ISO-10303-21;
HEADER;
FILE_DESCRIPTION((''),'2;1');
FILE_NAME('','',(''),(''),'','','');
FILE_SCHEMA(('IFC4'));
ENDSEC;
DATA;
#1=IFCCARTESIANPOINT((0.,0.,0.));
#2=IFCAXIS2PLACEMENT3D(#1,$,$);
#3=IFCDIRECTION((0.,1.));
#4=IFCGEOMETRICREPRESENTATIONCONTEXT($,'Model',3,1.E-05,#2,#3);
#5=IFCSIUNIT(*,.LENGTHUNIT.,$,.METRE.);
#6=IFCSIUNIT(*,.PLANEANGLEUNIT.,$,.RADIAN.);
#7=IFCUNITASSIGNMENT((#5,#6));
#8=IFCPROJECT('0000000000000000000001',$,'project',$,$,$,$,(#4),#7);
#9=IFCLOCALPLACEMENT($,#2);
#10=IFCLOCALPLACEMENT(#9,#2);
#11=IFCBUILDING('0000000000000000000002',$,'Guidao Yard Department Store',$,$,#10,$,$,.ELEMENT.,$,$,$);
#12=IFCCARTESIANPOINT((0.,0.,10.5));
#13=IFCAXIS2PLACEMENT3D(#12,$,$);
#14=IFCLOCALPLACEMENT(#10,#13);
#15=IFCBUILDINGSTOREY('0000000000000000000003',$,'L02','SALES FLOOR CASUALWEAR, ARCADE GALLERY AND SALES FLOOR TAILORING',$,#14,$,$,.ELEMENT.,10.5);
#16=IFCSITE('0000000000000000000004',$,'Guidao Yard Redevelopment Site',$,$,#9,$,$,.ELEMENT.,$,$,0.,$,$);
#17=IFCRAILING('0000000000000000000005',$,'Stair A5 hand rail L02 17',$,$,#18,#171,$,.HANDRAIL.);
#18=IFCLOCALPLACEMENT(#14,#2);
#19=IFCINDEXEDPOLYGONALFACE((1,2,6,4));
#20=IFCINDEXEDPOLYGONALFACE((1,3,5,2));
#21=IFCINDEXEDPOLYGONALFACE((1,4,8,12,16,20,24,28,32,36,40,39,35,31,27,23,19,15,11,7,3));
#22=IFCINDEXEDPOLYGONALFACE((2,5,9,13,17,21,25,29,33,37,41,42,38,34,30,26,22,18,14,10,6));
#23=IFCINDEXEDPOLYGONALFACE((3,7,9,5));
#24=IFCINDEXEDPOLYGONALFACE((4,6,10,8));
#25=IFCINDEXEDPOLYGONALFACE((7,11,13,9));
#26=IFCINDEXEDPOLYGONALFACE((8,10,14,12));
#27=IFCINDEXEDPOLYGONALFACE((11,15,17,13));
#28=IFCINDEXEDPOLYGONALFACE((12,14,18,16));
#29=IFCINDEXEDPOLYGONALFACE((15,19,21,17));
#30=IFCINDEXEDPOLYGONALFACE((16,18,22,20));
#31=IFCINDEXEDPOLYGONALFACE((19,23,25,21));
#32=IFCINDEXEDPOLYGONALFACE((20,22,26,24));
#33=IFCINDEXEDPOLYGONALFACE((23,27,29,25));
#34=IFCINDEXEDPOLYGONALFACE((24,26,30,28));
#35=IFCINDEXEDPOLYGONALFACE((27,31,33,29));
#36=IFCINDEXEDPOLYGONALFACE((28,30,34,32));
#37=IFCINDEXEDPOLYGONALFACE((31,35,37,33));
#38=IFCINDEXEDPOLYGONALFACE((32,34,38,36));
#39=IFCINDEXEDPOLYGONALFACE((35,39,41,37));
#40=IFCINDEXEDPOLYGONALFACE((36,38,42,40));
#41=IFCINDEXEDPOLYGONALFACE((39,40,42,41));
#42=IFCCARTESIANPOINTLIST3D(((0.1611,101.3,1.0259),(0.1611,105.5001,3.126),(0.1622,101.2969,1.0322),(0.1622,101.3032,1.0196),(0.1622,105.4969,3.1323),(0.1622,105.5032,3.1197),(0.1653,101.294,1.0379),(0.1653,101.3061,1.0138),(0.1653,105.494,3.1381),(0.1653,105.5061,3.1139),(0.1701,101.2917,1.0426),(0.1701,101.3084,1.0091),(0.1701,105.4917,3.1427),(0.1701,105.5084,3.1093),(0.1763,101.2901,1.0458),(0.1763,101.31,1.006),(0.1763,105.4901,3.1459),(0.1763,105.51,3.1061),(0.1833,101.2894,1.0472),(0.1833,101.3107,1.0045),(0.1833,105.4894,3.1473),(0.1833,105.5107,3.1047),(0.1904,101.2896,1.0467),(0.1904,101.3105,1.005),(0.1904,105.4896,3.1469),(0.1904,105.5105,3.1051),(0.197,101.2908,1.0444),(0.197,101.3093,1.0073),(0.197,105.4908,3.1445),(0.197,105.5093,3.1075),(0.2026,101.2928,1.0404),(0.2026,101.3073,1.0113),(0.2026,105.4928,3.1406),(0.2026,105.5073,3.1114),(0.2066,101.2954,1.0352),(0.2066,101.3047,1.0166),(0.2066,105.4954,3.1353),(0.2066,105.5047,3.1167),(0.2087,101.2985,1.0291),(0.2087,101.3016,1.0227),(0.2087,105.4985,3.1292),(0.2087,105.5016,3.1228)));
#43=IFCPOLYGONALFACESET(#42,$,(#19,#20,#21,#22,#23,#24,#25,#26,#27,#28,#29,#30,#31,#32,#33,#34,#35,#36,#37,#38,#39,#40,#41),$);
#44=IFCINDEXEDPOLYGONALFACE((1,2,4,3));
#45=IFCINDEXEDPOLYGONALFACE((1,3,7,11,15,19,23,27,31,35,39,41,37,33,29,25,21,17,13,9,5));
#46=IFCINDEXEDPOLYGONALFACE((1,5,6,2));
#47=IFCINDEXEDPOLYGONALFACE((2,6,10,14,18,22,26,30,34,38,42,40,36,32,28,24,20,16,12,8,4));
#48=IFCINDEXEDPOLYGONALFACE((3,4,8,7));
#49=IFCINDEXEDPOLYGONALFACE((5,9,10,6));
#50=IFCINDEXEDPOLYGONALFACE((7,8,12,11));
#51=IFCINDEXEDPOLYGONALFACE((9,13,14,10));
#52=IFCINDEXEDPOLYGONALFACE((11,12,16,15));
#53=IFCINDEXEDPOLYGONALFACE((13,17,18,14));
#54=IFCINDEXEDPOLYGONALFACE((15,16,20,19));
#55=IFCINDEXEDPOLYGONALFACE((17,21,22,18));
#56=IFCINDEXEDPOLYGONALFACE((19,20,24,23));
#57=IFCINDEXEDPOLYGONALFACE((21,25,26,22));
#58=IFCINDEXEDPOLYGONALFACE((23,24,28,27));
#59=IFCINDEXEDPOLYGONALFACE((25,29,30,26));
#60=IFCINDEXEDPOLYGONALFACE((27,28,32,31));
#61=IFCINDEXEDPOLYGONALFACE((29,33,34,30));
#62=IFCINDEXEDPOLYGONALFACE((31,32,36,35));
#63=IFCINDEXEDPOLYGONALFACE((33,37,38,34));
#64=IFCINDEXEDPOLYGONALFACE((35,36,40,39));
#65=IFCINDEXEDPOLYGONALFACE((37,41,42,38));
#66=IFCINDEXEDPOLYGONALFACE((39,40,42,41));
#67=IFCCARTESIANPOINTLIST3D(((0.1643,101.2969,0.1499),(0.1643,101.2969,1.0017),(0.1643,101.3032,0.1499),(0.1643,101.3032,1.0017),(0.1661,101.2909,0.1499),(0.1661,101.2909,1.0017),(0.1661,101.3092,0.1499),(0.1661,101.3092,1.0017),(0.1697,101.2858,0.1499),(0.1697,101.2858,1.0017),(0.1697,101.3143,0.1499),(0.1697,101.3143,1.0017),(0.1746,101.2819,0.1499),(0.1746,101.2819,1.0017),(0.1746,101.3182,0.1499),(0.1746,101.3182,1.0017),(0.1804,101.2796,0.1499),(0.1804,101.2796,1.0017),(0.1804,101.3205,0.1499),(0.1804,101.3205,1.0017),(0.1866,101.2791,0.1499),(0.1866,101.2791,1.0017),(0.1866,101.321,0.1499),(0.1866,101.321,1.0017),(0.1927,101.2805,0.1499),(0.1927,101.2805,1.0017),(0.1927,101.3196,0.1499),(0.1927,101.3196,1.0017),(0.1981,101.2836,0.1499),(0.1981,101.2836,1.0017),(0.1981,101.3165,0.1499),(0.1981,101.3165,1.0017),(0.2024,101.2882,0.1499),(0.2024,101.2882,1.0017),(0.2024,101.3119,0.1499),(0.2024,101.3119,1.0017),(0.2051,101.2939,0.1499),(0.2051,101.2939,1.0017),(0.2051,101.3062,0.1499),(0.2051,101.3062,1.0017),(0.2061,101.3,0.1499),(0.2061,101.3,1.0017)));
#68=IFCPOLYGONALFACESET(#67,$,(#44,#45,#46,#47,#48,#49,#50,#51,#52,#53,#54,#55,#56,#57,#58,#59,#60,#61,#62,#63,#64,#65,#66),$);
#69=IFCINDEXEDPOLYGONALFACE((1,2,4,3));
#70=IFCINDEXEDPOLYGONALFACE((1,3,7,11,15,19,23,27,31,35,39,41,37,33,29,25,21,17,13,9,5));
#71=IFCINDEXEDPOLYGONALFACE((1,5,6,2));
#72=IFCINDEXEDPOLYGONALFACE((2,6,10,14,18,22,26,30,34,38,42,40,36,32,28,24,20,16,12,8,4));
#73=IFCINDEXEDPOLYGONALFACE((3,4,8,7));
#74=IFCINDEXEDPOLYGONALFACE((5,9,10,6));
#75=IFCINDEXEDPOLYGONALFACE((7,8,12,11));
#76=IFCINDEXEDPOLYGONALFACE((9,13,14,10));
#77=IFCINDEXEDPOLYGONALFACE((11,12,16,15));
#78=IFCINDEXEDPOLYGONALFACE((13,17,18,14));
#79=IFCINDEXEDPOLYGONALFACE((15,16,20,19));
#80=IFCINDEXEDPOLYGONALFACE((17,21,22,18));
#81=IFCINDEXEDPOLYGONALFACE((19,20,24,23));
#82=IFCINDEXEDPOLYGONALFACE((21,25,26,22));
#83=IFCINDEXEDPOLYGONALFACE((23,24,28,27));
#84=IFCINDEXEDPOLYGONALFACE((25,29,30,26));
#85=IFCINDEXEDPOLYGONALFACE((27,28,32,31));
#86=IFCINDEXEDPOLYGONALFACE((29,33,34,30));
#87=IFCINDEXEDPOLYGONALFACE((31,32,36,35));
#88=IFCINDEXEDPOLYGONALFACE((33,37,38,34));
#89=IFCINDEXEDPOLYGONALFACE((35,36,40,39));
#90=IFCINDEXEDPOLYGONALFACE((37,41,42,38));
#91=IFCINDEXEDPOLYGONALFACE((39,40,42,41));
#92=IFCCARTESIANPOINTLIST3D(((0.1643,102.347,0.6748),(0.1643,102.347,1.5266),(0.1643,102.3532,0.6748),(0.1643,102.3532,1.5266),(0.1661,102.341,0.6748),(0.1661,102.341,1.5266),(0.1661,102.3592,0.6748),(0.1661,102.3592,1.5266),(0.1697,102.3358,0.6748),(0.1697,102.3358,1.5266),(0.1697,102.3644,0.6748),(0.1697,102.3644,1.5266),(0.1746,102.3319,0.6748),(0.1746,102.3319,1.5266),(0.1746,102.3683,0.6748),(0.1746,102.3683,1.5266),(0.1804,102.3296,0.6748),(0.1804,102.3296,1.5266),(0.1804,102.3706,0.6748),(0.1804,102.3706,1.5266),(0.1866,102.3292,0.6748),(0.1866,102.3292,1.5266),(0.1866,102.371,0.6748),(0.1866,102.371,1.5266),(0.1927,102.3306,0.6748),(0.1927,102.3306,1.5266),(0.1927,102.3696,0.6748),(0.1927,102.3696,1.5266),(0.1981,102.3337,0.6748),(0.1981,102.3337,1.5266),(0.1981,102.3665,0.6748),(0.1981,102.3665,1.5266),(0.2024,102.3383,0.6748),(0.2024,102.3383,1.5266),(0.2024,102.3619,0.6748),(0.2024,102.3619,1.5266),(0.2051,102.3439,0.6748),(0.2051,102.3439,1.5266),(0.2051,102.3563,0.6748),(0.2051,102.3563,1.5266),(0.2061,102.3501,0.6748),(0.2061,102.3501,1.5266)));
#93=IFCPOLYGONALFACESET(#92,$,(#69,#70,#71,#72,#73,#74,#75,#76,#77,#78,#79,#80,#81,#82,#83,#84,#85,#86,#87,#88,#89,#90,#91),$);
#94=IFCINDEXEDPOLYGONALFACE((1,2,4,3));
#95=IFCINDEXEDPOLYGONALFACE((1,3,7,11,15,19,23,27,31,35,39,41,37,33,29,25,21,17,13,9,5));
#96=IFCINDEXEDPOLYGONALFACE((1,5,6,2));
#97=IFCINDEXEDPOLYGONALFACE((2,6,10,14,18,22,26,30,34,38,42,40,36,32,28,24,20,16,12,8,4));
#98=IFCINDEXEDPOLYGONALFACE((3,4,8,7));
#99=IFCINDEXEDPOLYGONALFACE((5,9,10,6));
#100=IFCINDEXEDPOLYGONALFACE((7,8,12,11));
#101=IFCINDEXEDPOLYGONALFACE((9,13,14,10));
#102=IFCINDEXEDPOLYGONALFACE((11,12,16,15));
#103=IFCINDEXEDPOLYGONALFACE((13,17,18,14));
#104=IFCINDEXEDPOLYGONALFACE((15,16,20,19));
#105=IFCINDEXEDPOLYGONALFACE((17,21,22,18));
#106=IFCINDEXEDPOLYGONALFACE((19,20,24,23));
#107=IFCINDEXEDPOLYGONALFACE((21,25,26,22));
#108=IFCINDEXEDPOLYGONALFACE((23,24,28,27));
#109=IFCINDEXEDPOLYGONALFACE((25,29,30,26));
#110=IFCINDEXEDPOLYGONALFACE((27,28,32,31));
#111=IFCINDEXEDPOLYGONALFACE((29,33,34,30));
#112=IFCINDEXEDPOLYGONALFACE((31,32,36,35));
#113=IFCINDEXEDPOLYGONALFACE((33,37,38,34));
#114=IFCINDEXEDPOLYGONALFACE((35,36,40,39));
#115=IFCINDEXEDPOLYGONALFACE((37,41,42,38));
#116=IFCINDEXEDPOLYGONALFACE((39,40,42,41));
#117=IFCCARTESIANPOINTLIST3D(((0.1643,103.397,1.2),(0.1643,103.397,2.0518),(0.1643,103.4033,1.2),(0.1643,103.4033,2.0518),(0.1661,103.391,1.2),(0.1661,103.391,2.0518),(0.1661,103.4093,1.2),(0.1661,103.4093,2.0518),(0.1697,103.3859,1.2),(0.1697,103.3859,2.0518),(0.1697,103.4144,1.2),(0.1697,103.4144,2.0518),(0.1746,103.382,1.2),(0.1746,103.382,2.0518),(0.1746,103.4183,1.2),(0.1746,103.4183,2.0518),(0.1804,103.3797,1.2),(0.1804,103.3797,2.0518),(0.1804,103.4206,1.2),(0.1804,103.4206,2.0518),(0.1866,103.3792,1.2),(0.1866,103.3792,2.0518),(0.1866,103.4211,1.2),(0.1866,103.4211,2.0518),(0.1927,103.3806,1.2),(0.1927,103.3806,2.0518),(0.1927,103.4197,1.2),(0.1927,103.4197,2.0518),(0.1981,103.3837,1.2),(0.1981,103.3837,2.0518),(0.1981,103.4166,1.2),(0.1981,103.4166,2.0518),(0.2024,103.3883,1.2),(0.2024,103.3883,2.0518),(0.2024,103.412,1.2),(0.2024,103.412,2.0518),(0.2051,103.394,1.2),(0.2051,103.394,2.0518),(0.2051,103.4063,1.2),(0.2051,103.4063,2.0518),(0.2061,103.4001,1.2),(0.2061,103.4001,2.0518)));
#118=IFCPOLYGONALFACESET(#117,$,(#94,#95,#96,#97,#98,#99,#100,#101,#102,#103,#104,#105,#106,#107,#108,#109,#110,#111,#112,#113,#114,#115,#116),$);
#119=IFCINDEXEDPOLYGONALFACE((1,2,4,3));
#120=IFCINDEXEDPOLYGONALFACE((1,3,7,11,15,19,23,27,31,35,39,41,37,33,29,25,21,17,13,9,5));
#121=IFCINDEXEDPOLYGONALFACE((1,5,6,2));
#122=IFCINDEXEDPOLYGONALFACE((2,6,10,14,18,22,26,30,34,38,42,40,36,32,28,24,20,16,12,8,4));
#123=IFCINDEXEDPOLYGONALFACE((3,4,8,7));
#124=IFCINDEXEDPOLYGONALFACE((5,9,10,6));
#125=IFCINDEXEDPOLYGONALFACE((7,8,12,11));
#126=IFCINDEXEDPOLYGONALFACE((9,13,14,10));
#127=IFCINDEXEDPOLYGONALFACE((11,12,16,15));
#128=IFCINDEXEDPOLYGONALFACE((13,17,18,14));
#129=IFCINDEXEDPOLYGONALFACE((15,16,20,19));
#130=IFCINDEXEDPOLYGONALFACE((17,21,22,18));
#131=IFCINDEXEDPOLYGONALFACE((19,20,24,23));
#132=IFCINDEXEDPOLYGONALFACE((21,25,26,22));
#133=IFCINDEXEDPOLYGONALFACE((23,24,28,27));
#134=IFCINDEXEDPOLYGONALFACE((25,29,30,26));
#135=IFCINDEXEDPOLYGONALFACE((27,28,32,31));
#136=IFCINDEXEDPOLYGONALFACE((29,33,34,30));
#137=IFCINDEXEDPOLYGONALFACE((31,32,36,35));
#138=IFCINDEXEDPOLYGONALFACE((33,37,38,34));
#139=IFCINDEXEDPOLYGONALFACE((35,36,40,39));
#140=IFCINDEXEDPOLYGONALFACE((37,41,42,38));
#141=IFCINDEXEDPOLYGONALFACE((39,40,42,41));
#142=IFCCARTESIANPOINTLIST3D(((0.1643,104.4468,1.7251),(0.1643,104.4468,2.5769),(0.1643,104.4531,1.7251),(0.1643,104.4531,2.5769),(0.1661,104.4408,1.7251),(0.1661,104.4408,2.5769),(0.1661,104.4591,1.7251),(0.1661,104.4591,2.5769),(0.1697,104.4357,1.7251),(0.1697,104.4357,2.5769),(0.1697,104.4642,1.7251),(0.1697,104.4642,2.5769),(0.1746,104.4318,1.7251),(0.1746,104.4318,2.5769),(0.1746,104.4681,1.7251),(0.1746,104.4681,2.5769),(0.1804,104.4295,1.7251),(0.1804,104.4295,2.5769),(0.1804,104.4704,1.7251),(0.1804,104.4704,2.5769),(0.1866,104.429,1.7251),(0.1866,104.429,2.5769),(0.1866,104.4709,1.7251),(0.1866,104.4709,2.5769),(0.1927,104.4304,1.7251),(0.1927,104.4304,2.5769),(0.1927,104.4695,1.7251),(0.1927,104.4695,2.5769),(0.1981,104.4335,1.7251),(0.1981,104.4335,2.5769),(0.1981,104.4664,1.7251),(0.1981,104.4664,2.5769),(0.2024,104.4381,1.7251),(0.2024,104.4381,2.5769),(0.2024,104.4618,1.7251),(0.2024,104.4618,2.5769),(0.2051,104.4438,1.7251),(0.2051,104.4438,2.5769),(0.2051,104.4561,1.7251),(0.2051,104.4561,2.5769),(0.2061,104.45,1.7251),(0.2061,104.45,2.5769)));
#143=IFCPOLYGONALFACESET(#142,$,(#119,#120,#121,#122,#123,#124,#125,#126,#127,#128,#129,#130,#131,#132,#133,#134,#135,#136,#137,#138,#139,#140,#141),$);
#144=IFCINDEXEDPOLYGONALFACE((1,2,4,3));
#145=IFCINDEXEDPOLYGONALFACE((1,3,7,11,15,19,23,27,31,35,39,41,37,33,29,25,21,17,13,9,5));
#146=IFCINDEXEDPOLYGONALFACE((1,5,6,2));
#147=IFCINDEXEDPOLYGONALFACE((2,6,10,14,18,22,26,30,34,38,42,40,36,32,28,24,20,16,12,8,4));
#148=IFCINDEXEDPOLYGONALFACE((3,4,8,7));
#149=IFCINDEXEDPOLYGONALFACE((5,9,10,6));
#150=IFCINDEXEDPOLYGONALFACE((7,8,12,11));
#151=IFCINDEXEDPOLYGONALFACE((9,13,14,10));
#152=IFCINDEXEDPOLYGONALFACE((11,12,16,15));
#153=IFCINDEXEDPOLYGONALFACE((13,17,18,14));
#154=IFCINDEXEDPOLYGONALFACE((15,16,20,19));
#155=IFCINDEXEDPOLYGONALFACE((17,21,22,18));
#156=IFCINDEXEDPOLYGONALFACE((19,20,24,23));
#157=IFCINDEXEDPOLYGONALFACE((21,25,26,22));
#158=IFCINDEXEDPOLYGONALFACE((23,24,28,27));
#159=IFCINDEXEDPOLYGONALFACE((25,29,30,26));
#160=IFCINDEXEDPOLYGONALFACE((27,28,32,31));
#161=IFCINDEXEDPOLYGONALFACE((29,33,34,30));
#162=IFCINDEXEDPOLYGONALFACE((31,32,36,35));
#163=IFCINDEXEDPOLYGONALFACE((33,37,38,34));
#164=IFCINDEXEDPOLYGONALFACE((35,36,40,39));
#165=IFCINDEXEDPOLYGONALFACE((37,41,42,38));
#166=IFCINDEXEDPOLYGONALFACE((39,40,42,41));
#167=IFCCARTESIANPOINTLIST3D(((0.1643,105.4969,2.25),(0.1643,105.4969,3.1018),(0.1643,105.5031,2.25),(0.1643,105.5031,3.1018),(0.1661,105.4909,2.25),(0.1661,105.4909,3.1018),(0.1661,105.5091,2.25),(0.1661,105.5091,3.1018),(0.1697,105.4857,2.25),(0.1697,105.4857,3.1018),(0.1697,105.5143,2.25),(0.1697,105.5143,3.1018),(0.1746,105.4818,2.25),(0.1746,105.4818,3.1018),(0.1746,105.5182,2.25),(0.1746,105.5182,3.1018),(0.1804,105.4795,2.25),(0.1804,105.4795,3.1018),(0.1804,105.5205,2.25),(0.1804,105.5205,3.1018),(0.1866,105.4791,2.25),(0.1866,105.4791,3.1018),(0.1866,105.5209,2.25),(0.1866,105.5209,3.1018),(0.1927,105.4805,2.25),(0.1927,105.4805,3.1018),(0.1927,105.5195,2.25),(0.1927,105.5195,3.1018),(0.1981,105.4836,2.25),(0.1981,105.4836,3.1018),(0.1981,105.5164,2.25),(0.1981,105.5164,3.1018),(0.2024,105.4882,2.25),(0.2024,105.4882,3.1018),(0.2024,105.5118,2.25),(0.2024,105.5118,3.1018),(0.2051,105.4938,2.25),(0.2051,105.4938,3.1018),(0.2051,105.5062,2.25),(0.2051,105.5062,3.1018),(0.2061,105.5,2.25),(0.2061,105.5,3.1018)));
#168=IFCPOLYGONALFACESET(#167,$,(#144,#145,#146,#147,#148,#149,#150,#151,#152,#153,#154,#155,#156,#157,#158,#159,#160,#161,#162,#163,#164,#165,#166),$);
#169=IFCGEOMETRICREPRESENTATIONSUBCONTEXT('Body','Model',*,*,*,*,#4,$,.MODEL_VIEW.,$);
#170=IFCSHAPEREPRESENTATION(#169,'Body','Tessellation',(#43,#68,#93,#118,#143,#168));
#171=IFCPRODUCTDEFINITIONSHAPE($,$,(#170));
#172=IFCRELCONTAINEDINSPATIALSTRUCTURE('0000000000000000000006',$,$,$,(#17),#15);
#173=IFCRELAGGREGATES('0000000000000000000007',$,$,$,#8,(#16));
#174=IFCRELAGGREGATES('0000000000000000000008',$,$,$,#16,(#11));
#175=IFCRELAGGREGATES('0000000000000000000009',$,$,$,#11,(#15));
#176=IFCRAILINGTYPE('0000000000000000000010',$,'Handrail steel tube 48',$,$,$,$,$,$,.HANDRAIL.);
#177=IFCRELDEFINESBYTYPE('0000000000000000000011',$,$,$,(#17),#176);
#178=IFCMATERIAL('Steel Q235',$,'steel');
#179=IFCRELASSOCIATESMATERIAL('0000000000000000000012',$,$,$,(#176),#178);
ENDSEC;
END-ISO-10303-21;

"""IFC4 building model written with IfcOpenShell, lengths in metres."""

from ifc_helpers import new_model, si_unit, direction, frame, origin, origin_2d, place, context, subcontext, project, spatial, circle, extrude, material, type_object, element, save


model = new_model("IFC4")

# Units and contexts
model_context = context("Model", 3, precision=1e-05, world=origin(), true_north=direction((0.0, 1.0)))
body_context = subcontext(model_context, "Body", "Model", "MODEL_VIEW")
ifc_project = project(units=[si_unit("LENGTHUNIT", "METRE"), si_unit("PLANEANGLEUNIT", "RADIAN")], contexts=[model_context])

# Site, building, storey
site_placement = place(None, origin())
site = spatial("IfcSite", under=ifc_project, at=site_placement, Name="Guidao Yard Redevelopment Site", CompositionType="ELEMENT", RefElevation=0.0)
building_placement = place(site_placement, origin())
building = spatial("IfcBuilding", under=site, at=building_placement, Name="Guidao Yard Department Store", CompositionType="ELEMENT")
storey_placement = place(building_placement, frame((0.0, 0.0, 10.5)))
storey = spatial("IfcBuildingStorey", under=building, at=storey_placement, Name="L02", Description="SALES FLOOR CASUALWEAR, ARCADE GALLERY AND SALES FLOOR TAILORING", CompositionType="ELEMENT", Elevation=10.5)

# Railing
ifc_material_1 = material(Name="Steel Q235", Category="steel")
railing_type_1 = type_object("IfcRailingType", Name="Handrail steel tube 48", PredefinedType="HANDRAIL", material=ifc_material_1)
for number, where, name in (
    (1, (0.1851, 101.3, 0.1499), "Stair A5 hand rail L02 17"),
):
    element("IfcRailing", number, at=place(storey_placement, frame(where)), inside=storey, type_object=railing_type_1, Name=name, PredefinedType="HANDRAIL", context=body_context, shape_type="SweptSolid", body=[
        extrude(circle(Radius=0.0239, at=origin_2d()), frame((0.0, 0.0, 0.876), z_axis=(0.0, 0.894417, 0.447234), x_axis=(-1.0, 0.0, 0.0)), (0.0, 0.0, 1.0), 4.6958),
        extrude(circle(Radius=0.021, at=origin_2d()), origin(), (0.0, 0.0, 1.0), 0.8518),
        extrude(circle(Radius=0.021, at=origin_2d()), frame((0.0, 1.05, 0.5249)), (0.0, 0.0, 1.0), 0.8518),
        extrude(circle(Radius=0.021, at=origin_2d()), frame((0.0, 2.1001, 1.05)), (0.0, 0.0, 1.0), 0.8518),
        extrude(circle(Radius=0.021, at=origin_2d()), frame((0.0, 3.1499, 1.5752)), (0.0, 0.0, 1.0), 0.8518),
        extrude(circle(Radius=0.021, at=origin_2d()), frame((0.0, 4.2, 2.1001)), (0.0, 0.0, 1.0), 0.8518),
    ])

save(model, "model.ifc")
